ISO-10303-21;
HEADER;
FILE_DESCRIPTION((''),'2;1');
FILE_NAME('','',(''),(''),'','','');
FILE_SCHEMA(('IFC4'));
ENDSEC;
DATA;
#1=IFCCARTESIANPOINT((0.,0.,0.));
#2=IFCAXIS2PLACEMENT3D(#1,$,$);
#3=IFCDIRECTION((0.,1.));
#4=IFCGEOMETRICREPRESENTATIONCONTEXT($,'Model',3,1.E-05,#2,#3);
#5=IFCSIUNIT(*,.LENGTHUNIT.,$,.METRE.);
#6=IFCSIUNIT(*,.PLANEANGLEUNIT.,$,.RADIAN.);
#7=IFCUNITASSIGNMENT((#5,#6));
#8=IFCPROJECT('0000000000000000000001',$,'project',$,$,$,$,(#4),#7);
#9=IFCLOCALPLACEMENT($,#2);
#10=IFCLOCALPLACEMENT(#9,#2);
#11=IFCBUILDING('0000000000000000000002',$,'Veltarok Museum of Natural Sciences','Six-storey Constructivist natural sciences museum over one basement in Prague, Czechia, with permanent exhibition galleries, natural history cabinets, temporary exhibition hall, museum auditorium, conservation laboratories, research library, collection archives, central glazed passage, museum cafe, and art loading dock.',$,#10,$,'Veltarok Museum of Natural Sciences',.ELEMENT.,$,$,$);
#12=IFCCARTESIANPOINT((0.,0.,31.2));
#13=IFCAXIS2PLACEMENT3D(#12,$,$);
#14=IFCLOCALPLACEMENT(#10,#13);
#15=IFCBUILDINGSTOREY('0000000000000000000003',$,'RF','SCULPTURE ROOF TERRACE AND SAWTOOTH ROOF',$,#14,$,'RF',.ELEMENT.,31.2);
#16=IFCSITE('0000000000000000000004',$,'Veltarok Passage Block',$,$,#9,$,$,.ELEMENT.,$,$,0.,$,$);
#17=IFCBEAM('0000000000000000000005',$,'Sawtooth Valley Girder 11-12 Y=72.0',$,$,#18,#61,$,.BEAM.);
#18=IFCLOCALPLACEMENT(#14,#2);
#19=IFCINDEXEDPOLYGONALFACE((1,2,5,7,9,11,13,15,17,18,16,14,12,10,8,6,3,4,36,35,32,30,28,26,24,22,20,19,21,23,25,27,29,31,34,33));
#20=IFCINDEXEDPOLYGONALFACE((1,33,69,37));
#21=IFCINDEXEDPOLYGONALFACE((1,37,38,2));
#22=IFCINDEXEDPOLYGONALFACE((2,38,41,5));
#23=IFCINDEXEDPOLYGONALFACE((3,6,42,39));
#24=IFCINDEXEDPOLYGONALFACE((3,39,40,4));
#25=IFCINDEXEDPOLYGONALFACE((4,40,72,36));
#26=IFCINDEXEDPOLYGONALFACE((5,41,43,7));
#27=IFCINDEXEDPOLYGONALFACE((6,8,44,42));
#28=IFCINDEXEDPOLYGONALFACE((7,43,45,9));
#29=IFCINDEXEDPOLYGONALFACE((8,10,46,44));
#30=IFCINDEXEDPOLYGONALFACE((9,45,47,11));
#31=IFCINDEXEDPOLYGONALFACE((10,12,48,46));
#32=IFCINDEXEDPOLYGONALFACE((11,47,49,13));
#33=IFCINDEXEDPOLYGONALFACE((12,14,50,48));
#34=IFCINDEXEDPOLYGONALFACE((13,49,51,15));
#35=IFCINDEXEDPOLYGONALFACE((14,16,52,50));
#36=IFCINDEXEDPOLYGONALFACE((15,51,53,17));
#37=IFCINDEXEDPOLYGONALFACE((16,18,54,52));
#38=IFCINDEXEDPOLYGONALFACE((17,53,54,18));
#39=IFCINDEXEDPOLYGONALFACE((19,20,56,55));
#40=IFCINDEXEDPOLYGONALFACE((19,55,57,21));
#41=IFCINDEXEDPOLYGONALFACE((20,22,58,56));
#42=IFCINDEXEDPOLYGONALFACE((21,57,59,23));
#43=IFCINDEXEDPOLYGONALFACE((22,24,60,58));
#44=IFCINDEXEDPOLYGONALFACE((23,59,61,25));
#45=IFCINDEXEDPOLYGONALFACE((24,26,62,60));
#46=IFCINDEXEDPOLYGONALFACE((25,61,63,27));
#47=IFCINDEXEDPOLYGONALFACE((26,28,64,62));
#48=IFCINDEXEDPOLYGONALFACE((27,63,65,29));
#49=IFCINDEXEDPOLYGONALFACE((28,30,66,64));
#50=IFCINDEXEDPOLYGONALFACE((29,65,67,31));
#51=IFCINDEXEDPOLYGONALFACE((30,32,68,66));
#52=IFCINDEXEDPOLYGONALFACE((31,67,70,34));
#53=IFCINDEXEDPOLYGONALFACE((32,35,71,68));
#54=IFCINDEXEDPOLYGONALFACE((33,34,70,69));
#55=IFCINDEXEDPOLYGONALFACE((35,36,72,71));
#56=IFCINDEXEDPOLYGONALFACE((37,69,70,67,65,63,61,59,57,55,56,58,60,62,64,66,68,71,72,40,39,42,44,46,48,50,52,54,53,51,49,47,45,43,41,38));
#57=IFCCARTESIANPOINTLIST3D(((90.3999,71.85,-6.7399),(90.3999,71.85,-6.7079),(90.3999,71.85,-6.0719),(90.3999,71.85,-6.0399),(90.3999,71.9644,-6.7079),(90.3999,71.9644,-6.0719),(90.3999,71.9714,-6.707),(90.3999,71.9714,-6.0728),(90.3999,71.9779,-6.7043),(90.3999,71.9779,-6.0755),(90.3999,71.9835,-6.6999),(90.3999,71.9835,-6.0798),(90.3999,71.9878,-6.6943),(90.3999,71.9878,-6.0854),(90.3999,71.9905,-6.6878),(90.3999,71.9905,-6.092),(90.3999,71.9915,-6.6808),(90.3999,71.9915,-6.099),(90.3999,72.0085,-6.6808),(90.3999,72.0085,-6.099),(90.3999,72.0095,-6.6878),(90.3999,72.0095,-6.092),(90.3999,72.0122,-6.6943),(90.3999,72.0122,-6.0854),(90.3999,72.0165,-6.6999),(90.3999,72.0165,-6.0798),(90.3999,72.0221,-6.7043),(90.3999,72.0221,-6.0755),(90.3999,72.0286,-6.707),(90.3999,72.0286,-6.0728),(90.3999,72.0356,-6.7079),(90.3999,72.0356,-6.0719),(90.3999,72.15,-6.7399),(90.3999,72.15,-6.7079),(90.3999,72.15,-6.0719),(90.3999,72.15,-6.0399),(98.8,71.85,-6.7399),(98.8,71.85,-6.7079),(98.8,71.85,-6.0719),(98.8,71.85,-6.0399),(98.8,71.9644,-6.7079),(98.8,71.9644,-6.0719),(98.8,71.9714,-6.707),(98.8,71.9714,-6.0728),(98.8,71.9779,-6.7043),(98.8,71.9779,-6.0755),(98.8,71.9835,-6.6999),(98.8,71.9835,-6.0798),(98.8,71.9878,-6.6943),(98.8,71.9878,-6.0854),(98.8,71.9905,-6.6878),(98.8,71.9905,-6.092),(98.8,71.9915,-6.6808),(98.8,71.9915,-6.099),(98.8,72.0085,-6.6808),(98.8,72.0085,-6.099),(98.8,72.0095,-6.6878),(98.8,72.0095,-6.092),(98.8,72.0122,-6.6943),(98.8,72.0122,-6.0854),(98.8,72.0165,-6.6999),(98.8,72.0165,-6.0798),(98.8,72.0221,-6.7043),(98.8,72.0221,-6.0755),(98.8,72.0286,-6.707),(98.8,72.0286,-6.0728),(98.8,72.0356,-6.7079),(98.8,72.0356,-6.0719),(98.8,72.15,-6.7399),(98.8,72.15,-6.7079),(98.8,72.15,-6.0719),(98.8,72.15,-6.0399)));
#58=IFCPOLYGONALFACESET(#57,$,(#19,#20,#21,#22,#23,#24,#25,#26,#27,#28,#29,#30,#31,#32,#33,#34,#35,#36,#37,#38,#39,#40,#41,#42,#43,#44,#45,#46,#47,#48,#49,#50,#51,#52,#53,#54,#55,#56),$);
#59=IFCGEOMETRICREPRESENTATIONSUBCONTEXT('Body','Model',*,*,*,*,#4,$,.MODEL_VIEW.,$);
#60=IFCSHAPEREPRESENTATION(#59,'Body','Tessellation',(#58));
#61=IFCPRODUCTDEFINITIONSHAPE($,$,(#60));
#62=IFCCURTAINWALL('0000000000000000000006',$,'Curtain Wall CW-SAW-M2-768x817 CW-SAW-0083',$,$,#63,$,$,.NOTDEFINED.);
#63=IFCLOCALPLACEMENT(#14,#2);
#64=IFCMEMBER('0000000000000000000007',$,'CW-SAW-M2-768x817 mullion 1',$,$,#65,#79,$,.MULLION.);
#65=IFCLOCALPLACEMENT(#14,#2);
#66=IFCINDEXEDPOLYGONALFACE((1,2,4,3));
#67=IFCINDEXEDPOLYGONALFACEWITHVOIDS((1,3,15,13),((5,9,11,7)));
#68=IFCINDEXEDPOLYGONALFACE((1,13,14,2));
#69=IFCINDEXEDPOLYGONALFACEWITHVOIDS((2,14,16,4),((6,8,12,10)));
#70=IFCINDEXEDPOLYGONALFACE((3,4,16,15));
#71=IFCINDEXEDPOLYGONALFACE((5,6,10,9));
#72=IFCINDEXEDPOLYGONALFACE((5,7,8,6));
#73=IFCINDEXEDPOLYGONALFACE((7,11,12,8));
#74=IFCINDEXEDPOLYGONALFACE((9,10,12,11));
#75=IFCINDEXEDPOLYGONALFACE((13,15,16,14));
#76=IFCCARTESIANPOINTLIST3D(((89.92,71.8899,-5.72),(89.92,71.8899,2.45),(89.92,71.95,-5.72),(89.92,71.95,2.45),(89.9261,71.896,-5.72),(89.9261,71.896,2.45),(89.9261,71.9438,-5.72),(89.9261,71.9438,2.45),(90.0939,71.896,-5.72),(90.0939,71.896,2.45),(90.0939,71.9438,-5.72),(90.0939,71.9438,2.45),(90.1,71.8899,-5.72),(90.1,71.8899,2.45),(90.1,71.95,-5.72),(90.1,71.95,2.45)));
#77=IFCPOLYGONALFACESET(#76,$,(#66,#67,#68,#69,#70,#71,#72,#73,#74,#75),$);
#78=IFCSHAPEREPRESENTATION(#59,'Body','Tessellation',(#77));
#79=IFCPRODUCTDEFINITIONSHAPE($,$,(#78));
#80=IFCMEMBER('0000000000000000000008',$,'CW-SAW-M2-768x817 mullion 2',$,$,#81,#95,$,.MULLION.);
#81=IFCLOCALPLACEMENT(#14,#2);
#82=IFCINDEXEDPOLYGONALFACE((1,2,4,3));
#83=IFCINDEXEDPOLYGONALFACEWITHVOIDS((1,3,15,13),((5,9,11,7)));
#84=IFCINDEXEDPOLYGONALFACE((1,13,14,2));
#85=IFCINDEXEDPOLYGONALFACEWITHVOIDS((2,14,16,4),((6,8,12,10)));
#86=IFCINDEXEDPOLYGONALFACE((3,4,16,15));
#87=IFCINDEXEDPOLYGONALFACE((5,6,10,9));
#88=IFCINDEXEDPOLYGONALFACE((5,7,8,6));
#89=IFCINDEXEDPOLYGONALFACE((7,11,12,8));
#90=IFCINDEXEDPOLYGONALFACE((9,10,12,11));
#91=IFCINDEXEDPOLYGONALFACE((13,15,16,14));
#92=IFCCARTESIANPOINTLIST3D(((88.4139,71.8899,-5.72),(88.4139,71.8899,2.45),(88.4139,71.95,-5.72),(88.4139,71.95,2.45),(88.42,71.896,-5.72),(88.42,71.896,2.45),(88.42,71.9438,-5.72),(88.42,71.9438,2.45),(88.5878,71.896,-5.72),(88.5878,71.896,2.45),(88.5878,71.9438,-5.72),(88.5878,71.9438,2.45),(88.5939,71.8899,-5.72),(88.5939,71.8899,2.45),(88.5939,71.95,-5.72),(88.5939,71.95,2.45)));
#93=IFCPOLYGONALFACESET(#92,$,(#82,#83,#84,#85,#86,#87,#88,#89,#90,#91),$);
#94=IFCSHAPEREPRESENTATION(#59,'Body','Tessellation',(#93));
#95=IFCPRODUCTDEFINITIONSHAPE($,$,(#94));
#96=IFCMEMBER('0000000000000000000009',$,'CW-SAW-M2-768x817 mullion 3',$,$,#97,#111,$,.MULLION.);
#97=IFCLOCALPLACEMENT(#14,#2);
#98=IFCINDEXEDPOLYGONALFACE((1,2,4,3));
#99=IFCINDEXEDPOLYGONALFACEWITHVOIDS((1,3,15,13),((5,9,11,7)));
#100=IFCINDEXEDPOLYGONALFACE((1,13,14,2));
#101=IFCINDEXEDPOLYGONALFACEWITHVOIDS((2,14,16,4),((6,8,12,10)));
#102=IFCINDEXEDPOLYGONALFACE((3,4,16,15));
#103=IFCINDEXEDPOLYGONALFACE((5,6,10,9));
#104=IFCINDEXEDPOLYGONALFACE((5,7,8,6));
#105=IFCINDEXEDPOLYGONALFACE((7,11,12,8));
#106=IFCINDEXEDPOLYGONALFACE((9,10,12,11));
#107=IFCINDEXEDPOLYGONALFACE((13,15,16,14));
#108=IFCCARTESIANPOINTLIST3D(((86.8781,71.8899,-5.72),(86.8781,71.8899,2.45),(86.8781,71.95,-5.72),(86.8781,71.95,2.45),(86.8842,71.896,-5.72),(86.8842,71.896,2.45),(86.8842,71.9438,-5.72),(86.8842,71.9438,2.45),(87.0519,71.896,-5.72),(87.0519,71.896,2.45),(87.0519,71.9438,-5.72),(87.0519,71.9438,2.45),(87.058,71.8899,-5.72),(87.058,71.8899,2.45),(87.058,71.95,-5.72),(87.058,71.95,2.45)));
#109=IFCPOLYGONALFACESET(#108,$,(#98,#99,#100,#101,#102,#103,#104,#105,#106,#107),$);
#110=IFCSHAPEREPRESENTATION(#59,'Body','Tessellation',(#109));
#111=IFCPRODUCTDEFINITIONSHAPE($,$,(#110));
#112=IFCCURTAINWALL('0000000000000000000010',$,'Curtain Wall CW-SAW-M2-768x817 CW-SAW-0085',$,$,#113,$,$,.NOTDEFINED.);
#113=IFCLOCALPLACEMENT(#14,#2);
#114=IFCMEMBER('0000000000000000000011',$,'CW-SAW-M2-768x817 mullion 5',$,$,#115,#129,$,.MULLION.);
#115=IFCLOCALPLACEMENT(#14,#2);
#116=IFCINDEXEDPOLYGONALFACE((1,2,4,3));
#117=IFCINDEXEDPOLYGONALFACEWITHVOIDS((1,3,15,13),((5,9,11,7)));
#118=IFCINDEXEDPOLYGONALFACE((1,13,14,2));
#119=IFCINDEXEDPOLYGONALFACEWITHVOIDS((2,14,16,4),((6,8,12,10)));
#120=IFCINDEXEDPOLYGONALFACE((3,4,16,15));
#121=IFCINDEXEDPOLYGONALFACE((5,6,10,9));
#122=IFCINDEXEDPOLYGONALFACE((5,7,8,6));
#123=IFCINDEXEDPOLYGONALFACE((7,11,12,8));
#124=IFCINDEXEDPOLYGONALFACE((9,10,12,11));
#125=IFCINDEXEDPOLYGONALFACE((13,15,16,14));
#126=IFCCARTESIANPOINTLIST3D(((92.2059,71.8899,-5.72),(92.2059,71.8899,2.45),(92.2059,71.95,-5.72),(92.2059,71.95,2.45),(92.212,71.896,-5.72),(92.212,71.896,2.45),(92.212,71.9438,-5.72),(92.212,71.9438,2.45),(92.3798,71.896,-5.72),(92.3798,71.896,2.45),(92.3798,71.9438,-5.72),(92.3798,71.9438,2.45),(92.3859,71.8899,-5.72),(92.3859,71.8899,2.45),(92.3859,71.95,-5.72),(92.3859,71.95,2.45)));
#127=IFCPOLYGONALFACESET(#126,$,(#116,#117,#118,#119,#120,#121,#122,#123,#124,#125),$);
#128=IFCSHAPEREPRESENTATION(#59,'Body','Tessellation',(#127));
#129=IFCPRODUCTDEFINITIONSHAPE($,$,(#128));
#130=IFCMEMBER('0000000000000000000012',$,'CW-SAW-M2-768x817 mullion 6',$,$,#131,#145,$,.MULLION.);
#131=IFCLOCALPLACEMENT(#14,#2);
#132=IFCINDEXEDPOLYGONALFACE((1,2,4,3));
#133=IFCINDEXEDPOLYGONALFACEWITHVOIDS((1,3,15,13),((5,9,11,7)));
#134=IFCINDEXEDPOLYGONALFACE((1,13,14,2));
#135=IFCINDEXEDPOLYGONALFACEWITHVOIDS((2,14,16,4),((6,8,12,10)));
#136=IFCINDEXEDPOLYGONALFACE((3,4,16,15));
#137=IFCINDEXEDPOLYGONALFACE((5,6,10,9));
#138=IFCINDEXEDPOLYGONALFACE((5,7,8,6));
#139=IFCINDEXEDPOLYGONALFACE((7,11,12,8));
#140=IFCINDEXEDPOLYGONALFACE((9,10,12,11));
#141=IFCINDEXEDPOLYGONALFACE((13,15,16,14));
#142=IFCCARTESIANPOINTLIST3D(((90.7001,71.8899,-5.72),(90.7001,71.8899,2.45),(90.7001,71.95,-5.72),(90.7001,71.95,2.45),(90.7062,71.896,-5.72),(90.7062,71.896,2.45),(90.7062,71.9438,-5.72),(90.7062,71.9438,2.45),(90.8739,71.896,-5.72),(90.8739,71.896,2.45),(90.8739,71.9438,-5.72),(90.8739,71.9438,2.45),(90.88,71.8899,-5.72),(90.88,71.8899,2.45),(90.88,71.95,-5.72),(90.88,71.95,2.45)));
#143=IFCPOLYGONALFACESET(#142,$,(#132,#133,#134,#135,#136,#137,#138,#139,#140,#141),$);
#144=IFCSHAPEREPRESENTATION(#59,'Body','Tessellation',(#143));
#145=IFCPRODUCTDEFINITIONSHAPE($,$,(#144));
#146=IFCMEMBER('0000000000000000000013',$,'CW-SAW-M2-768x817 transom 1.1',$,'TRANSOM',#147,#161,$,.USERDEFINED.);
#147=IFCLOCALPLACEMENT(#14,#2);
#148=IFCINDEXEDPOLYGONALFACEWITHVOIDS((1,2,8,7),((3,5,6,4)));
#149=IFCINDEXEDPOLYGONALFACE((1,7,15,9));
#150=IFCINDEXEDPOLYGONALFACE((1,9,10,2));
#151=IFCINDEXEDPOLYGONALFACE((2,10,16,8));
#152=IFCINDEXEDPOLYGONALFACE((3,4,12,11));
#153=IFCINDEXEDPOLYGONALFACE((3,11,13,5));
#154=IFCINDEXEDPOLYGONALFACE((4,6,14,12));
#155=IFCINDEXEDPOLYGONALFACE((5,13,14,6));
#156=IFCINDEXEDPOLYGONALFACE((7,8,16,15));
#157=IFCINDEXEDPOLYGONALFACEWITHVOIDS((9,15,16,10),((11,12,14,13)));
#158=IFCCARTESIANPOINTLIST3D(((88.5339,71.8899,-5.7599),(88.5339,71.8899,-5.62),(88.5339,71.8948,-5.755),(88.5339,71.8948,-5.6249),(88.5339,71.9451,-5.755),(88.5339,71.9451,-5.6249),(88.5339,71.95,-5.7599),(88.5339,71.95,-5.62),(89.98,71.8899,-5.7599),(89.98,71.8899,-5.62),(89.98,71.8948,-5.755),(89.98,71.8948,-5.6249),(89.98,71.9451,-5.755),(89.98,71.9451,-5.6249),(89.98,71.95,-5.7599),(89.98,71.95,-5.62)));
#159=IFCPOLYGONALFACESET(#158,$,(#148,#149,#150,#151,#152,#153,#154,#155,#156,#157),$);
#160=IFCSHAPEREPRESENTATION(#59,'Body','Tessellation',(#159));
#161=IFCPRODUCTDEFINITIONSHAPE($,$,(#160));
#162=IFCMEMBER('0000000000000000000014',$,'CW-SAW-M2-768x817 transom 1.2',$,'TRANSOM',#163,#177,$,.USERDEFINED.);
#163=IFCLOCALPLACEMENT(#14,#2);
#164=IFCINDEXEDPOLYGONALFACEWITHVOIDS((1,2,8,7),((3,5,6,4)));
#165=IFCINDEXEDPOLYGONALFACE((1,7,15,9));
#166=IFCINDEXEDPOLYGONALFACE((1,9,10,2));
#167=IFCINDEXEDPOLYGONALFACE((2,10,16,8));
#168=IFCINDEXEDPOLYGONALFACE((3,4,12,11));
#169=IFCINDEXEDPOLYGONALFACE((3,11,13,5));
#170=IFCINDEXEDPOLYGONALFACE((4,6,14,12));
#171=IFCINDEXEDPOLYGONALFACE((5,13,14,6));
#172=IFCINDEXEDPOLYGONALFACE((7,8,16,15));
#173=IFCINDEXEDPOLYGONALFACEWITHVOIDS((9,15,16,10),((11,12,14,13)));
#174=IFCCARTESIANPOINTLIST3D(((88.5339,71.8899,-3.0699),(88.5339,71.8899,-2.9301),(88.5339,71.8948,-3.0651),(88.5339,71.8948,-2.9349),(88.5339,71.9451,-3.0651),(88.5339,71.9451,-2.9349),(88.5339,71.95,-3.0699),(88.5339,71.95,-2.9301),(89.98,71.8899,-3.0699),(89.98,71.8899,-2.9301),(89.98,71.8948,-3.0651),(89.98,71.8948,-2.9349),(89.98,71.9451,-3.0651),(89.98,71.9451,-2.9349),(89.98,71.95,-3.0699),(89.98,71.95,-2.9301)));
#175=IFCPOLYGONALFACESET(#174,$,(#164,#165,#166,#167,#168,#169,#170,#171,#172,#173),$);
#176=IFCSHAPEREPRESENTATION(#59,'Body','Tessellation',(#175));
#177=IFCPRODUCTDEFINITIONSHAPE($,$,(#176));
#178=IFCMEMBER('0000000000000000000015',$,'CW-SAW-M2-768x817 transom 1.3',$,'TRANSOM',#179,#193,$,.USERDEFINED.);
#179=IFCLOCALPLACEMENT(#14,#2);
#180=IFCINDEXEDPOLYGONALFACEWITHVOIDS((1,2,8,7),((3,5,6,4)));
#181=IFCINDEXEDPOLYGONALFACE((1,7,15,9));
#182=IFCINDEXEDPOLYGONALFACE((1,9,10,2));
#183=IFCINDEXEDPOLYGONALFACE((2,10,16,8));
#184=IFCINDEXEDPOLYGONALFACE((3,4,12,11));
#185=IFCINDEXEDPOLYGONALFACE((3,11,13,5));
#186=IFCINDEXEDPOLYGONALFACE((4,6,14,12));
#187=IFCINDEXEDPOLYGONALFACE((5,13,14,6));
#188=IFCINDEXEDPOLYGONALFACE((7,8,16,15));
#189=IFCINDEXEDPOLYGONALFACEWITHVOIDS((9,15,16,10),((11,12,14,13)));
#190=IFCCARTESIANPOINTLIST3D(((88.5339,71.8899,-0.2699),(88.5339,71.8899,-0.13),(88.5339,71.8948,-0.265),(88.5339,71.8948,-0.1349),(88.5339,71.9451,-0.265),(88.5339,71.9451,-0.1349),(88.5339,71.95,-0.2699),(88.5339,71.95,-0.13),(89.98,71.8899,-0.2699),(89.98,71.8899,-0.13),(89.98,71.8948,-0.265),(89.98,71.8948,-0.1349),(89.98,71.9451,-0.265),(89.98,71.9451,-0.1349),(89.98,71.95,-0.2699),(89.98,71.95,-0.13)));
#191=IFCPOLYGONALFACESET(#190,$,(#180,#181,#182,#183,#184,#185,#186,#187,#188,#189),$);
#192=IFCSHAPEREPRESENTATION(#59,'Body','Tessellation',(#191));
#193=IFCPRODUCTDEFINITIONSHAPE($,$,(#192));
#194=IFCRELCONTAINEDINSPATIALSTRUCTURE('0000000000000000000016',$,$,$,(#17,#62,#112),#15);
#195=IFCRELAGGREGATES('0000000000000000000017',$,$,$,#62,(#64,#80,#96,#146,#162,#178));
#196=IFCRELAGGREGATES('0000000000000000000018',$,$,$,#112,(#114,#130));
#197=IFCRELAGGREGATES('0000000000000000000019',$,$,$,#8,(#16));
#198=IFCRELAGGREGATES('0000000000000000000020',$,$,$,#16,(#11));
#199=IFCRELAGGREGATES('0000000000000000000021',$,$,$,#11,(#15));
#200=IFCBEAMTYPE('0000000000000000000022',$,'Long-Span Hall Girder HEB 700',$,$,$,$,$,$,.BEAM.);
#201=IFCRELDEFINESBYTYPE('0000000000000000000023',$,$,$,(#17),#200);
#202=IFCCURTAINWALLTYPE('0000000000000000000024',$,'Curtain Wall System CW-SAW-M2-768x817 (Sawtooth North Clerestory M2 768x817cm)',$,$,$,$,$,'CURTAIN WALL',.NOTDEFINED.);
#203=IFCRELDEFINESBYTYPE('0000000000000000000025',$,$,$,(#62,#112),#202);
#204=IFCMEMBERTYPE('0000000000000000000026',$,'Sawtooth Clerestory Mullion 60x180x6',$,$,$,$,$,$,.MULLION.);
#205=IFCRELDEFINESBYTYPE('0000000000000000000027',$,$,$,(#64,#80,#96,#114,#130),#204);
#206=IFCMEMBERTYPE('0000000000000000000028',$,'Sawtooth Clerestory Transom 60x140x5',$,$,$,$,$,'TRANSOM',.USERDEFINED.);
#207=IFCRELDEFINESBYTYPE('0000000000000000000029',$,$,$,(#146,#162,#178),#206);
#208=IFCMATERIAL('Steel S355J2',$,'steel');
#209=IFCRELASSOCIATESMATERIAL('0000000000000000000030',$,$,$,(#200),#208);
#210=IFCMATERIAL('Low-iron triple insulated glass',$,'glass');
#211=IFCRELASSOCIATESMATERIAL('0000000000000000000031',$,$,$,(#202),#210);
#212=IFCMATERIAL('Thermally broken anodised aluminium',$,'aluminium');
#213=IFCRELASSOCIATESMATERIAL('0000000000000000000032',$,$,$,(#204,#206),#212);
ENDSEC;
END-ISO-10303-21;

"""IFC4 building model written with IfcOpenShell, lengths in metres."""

from ifc_helpers import new_model, si_unit, direction, frame, origin, origin_2d, place, context, subcontext, project, spatial, hollow_rectangle, i_section, extrude, material, material_profile, profile_set, type_object, element, aggregate, save


model = new_model("IFC4")

# Units and contexts
model_context = context("Model", 3, precision=1e-05, world=origin(), true_north=direction((0.0, 1.0)))
body_context = subcontext(model_context, "Body", "Model", "MODEL_VIEW")
ifc_project = project(units=[si_unit("LENGTHUNIT", "METRE"), si_unit("PLANEANGLEUNIT", "RADIAN")], contexts=[model_context])

# Site, building, storey
site_placement = place(None, origin())
site = spatial("IfcSite", under=ifc_project, at=site_placement, Name="Veltarok Passage Block", CompositionType="ELEMENT", RefElevation=0.0)
building_placement = place(site_placement, origin())
building = spatial("IfcBuilding", under=site, at=building_placement, Name="Veltarok Museum of Natural Sciences", Description="Six-storey Constructivist natural sciences museum over one basement in Prague, Czechia, with permanent exhibition galleries, natural history cabinets, temporary exhibition hall, museum auditorium, conservation laboratories, research library, collection archives, central glazed passage, museum cafe, and art loading dock.", LongName="Veltarok Museum of Natural Sciences", CompositionType="ELEMENT")
storey_placement = place(building_placement, frame((0.0, 0.0, 31.2)))
storey = spatial("IfcBuildingStorey", under=building, at=storey_placement, Name="RF", Description="SCULPTURE ROOF TERRACE AND SAWTOOTH ROOF", LongName="RF", CompositionType="ELEMENT", Elevation=31.2)

# Beam
ifc_material_1 = material(Name="Steel S355J2", Category="steel")
ifc_material_profile_1 = material_profile(ifc_material_1, i_section(OverallWidth=0.3, OverallDepth=0.7, WebThickness=0.0171, FlangeThickness=0.032, FilletRadius=0.0271, at=origin_2d()), Name="HEB 700")
ifc_profile_set_1 = profile_set([ifc_material_profile_1], Name="Steel S355J2")
beam_type = type_object("IfcBeamType", Name="Long-Span Hall Girder HEB 700", PredefinedType="BEAM", material=ifc_profile_set_1)
beam_placement = place(storey_placement, frame((90.3999, 72.0, -6.3899), z_axis=(1.0, 0.0, 0.0), x_axis=(0.0, 1.0, 0.0)))
element("IfcBeam", 1, at=beam_placement, inside=storey, type_object=beam_type, Name="Sawtooth Valley Girder 11-12 Y=72.0", PredefinedType="BEAM", context=body_context, shape_type="SweptSolid", body=[
    extrude(i_section(OverallWidth=0.3, OverallDepth=0.7, WebThickness=0.0171, FlangeThickness=0.032, FilletRadius=0.0271, at=origin_2d()), origin(), (0.0, 0.0, 1.0), 8.4001),
])

# Curtain walls, members
ifc_material_2 = material(Name="Low-iron triple insulated glass", Category="glass")
curtain_wall_type = type_object("IfcCurtainWallType", Name="Curtain Wall System CW-SAW-M2-768x817 (Sawtooth North Clerestory M2 768x817cm)", ElementType="CURTAIN WALL", PredefinedType="NOTDEFINED", material=ifc_material_2)
curtain_wall_1_placement = place(storey_placement, origin())
curtain_wall_1 = element("IfcCurtainWall", 2, at=curtain_wall_1_placement, inside=storey, type_object=curtain_wall_type, Name="Curtain Wall CW-SAW-M2-768x817 CW-SAW-0083", PredefinedType="NOTDEFINED")
ifc_material_3 = material(Name="Thermally broken anodised aluminium", Category="aluminium")
ifc_material_profile_2 = material_profile(ifc_material_3, hollow_rectangle(XDim=0.0601, YDim=0.1799, WallThickness=0.0061, at=origin_2d()), Name="CW MULLION 60x180x6")
ifc_profile_set_2 = profile_set([ifc_material_profile_2], Name="Thermally broken anodised aluminium")
member_type_1 = type_object("IfcMemberType", Name="Sawtooth Clerestory Mullion 60x180x6", PredefinedType="MULLION", material=ifc_profile_set_2)
member_1_placement = place(storey_placement, frame((90.01, 71.9199, -5.72), z_axis=(0.0, 0.0, 1.0), x_axis=(0.0, -1.0, 0.0)))
member_1 = element("IfcMember", 3, at=member_1_placement, type_object=member_type_1, Name="CW-SAW-M2-768x817 mullion 1", PredefinedType="MULLION", context=body_context, shape_type="SweptSolid", body=[
    extrude(hollow_rectangle(XDim=0.0601, YDim=0.1799, WallThickness=0.0061, at=origin_2d()), origin(), (0.0, 0.0, 1.0), 8.1699),
])
member_2_placement = place(storey_placement, frame((88.5039, 71.9199, -5.72), z_axis=(0.0, 0.0, 1.0), x_axis=(0.0, -1.0, 0.0)))
member_2 = element("IfcMember", 4, at=member_2_placement, type_object=member_type_1, Name="CW-SAW-M2-768x817 mullion 2", PredefinedType="MULLION", context=body_context, shape_type="SweptSolid", body=[
    extrude(hollow_rectangle(XDim=0.0601, YDim=0.1799, WallThickness=0.0061, at=origin_2d()), origin(), (0.0, 0.0, 1.0), 8.1699),
])
member_3_placement = place(storey_placement, frame((86.968, 71.9199, -5.72), z_axis=(0.0, 0.0, 1.0), x_axis=(0.0, -1.0, 0.0)))
member_3 = element("IfcMember", 5, at=member_3_placement, type_object=member_type_1, Name="CW-SAW-M2-768x817 mullion 3", PredefinedType="MULLION", context=body_context, shape_type="SweptSolid", body=[
    extrude(hollow_rectangle(XDim=0.0601, YDim=0.1799, WallThickness=0.0061, at=origin_2d()), origin(), (0.0, 0.0, 1.0), 8.1699),
])
curtain_wall_2_placement = place(storey_placement, origin())
curtain_wall_2 = element("IfcCurtainWall", 6, at=curtain_wall_2_placement, inside=storey, type_object=curtain_wall_type, Name="Curtain Wall CW-SAW-M2-768x817 CW-SAW-0085", PredefinedType="NOTDEFINED")
member_4_placement = place(storey_placement, frame((92.2959, 71.9199, -5.72), z_axis=(0.0, 0.0, 1.0), x_axis=(0.0, -1.0, 0.0)))
member_4 = element("IfcMember", 7, at=member_4_placement, type_object=member_type_1, Name="CW-SAW-M2-768x817 mullion 5", PredefinedType="MULLION", context=body_context, shape_type="SweptSolid", body=[
    extrude(hollow_rectangle(XDim=0.0601, YDim=0.1799, WallThickness=0.0061, at=origin_2d()), origin(), (0.0, 0.0, 1.0), 8.1699),
])
member_5_placement = place(storey_placement, frame((90.79, 71.9199, -5.72), z_axis=(0.0, 0.0, 1.0), x_axis=(0.0, -1.0, 0.0)))
member_5 = element("IfcMember", 8, at=member_5_placement, type_object=member_type_1, Name="CW-SAW-M2-768x817 mullion 6", PredefinedType="MULLION", context=body_context, shape_type="SweptSolid", body=[
    extrude(hollow_rectangle(XDim=0.0601, YDim=0.1799, WallThickness=0.0061, at=origin_2d()), origin(), (0.0, 0.0, 1.0), 8.1699),
])

# Members
ifc_material_profile_3 = material_profile(ifc_material_3, hollow_rectangle(XDim=0.0601, YDim=0.1399, WallThickness=0.0049, at=origin_2d()), Name="CW TRANSOM 60x140x5")
ifc_profile_set_3 = profile_set([ifc_material_profile_3], Name="Thermally broken anodised aluminium")
member_type_2 = type_object("IfcMemberType", Name="Sawtooth Clerestory Transom 60x140x5", ElementType="TRANSOM", PredefinedType="USERDEFINED", material=ifc_profile_set_3)
member_6_placement = place(storey_placement, frame((89.98, 71.9199, -5.6899), z_axis=(-1.0, 0.0, 0.0), x_axis=(0.0, -1.0, 0.0)))
member_6 = element("IfcMember", 9, at=member_6_placement, type_object=member_type_2, Name="CW-SAW-M2-768x817 transom 1.1", ObjectType="TRANSOM", PredefinedType="USERDEFINED", context=body_context, shape_type="SweptSolid", body=[
    extrude(hollow_rectangle(XDim=0.0601, YDim=0.1399, WallThickness=0.0049, at=origin_2d()), origin(), (0.0, 0.0, 1.0), 1.446),
])
member_7_placement = place(storey_placement, frame((89.98, 71.9199, -3.0), z_axis=(-1.0, 0.0, 0.0), x_axis=(0.0, -1.0, 0.0)))
member_7 = element("IfcMember", 10, at=member_7_placement, type_object=member_type_2, Name="CW-SAW-M2-768x817 transom 1.2", ObjectType="TRANSOM", PredefinedType="USERDEFINED", context=body_context, shape_type="SweptSolid", body=[
    extrude(hollow_rectangle(XDim=0.0601, YDim=0.1399, WallThickness=0.0049, at=origin_2d()), origin(), (0.0, 0.0, 1.0), 1.446),
])
member_8_placement = place(storey_placement, frame((89.98, 71.9199, -0.2), z_axis=(-1.0, 0.0, 0.0), x_axis=(0.0, -1.0, 0.0)))
member_8 = element("IfcMember", 11, at=member_8_placement, type_object=member_type_2, Name="CW-SAW-M2-768x817 transom 1.3", ObjectType="TRANSOM", PredefinedType="USERDEFINED", context=body_context, shape_type="SweptSolid", body=[
    extrude(hollow_rectangle(XDim=0.0601, YDim=0.1399, WallThickness=0.0049, at=origin_2d()), origin(), (0.0, 0.0, 1.0), 1.446),
])

aggregate(curtain_wall_1, [member_1, member_2, member_3, member_6, member_7, member_8])
aggregate(curtain_wall_2, [member_4, member_5])

save(model, "model.ifc")
